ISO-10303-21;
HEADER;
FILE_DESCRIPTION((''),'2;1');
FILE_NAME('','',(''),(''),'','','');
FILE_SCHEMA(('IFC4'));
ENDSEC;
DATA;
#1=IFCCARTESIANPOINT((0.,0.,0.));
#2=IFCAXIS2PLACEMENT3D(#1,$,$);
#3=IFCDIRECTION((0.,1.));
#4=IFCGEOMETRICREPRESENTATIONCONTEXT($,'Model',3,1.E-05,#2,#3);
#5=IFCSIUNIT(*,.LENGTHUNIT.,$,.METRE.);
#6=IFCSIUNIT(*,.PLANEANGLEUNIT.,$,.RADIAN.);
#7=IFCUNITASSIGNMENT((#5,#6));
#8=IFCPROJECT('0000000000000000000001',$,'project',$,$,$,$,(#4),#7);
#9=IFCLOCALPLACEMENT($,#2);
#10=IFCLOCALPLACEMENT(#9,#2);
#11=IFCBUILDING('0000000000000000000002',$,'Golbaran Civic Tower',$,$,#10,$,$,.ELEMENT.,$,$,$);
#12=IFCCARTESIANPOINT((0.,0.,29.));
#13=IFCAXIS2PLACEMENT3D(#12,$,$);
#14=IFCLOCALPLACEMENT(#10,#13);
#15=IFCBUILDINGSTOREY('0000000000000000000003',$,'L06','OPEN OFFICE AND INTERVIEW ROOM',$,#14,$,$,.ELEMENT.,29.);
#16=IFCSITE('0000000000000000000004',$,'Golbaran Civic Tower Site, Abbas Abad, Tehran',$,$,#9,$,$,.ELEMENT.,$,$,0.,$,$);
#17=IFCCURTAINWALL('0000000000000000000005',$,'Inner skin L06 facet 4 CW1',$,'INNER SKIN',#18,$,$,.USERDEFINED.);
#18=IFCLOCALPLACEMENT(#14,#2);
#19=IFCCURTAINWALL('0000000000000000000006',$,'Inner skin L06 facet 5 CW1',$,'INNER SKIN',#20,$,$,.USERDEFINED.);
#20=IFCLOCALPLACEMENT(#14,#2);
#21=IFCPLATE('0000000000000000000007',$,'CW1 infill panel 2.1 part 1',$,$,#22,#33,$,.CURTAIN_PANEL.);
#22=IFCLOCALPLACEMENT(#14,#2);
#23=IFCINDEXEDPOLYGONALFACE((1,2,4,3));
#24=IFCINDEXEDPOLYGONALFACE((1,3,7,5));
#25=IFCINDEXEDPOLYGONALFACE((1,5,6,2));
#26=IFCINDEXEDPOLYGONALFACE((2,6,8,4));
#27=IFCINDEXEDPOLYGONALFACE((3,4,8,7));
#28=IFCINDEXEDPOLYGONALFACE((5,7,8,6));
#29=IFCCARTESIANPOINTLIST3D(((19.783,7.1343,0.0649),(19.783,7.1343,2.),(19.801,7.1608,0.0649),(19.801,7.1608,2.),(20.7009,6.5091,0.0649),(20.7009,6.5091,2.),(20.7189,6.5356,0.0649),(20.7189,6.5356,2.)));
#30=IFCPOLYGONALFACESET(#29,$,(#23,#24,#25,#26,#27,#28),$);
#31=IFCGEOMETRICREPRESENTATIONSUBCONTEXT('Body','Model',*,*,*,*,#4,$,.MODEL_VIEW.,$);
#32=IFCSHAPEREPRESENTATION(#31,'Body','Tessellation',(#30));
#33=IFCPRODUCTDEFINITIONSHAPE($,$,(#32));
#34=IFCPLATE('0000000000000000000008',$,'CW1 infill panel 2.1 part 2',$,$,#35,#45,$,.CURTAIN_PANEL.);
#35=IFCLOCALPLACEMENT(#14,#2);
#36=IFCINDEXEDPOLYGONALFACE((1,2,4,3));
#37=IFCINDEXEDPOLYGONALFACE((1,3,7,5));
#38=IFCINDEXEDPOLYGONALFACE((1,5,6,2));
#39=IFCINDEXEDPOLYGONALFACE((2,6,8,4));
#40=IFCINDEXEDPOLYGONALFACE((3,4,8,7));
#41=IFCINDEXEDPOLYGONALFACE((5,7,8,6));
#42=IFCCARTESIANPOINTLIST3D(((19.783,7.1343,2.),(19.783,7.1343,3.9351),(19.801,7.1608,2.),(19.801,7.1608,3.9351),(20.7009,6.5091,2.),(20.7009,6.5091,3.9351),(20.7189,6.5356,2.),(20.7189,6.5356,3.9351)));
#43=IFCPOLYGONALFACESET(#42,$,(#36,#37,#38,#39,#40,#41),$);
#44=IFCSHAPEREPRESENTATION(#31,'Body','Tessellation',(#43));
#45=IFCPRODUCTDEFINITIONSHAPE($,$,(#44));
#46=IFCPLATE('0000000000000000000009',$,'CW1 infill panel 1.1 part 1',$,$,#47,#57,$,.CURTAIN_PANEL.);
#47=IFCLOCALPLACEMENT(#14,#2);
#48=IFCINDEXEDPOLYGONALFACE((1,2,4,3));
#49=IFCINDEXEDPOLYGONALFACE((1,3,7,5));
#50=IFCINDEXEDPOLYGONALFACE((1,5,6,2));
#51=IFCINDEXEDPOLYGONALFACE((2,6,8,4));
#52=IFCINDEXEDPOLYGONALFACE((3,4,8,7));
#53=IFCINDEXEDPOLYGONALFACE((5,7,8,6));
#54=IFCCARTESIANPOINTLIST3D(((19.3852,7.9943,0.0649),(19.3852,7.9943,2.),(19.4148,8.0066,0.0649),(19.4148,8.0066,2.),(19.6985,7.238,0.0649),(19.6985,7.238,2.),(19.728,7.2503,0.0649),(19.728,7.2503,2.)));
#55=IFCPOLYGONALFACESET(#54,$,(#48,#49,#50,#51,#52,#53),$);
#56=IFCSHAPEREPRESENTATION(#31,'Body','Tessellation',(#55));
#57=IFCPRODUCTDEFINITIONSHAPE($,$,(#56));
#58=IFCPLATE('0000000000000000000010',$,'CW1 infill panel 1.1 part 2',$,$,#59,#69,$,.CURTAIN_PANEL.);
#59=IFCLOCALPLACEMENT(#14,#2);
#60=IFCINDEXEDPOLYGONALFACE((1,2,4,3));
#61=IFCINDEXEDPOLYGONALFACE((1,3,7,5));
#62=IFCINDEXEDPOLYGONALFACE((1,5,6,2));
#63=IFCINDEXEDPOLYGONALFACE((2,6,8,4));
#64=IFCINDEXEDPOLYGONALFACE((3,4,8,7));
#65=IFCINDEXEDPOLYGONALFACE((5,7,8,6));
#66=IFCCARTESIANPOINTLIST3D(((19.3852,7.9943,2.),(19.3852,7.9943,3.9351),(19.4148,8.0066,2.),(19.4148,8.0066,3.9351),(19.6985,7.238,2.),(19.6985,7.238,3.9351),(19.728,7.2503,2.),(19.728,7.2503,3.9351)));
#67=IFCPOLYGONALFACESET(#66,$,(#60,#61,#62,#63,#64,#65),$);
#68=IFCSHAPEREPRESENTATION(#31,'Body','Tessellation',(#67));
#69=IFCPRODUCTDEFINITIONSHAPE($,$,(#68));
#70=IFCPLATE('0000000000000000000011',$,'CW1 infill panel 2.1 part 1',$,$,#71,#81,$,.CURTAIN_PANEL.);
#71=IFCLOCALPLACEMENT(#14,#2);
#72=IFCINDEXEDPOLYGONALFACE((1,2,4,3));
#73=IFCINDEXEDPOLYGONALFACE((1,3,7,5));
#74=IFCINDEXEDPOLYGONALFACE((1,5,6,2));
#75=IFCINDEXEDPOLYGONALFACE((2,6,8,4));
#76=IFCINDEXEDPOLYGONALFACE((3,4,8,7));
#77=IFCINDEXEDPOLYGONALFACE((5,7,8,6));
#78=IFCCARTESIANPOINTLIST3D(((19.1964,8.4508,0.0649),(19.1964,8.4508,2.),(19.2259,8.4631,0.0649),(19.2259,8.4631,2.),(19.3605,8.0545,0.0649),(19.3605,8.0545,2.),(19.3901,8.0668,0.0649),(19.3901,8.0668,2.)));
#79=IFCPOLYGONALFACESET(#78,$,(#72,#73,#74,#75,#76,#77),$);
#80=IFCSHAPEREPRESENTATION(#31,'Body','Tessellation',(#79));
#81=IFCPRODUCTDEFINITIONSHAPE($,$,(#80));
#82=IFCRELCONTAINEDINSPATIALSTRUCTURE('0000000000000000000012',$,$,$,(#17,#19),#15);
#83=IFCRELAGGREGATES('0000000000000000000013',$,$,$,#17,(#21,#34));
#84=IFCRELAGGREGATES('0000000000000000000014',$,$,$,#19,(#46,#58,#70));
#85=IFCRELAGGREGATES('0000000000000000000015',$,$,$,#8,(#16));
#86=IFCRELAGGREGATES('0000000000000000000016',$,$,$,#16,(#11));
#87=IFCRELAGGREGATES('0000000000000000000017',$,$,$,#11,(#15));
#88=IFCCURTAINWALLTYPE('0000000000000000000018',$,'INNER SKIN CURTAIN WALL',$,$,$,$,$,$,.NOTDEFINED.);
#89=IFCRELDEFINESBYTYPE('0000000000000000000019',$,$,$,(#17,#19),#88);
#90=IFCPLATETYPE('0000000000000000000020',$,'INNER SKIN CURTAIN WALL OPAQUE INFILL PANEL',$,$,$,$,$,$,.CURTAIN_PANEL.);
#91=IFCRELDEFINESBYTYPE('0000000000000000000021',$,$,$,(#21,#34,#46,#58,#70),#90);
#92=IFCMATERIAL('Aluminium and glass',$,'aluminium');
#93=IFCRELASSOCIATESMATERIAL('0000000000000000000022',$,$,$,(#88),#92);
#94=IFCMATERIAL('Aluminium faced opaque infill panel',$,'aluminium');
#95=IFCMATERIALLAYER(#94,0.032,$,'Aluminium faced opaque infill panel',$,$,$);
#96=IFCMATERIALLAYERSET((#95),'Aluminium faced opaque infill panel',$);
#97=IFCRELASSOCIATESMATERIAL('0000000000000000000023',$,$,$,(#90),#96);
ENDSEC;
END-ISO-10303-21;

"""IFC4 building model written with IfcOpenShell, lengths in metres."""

from ifc_helpers import new_model, si_unit, direction, frame, origin, origin_2d, place, context, subcontext, project, spatial, rectangle, extrude, material, layer, layer_set, type_object, element, aggregate, save


model = new_model("IFC4")

# Units and contexts
model_context = context("Model", 3, precision=1e-05, world=origin(), true_north=direction((0.0, 1.0)))
body_context = subcontext(model_context, "Body", "Model", "MODEL_VIEW")
ifc_project = project(units=[si_unit("LENGTHUNIT", "METRE"), si_unit("PLANEANGLEUNIT", "RADIAN")], contexts=[model_context])

# Site, building, storey
site_placement = place(None, origin())
site = spatial("IfcSite", under=ifc_project, at=site_placement, Name="Golbaran Civic Tower Site, Abbas Abad, Tehran", CompositionType="ELEMENT", RefElevation=0.0)
building_placement = place(site_placement, origin())
building = spatial("IfcBuilding", under=site, at=building_placement, Name="Golbaran Civic Tower", CompositionType="ELEMENT")
storey_placement = place(building_placement, frame((0.0, 0.0, 29.0)))
storey = spatial("IfcBuildingStorey", under=building, at=storey_placement, Name="L06", Description="OPEN OFFICE AND INTERVIEW ROOM", CompositionType="ELEMENT", Elevation=29.0)

# Shared definitions
ifc_material_1 = material(Name="Aluminium and glass", Category="aluminium")
curtain_wall_type = type_object("IfcCurtainWallType", Name="INNER SKIN CURTAIN WALL", PredefinedType="NOTDEFINED", material=ifc_material_1)

# Curtain walls
curtain_wall_1_placement = place(storey_placement, origin())
curtain_wall_1 = element("IfcCurtainWall", 1, at=curtain_wall_1_placement, inside=storey, type_object=curtain_wall_type, Name="Inner skin L06 facet 4 CW1", ObjectType="INNER SKIN", PredefinedType="USERDEFINED")
curtain_wall_2_placement = place(storey_placement, origin())
curtain_wall_2 = element("IfcCurtainWall", 2, at=curtain_wall_2_placement, inside=storey, type_object=curtain_wall_type, Name="Inner skin L06 facet 5 CW1", ObjectType="INNER SKIN", PredefinedType="USERDEFINED")

# Plates
ifc_material_2 = material(Name="Aluminium faced opaque infill panel", Category="aluminium")
ifc_layer_1 = layer(ifc_material_2, 0.032, Name="Aluminium faced opaque infill panel")
ifc_layer_set_1 = layer_set([ifc_layer_1], Name="Aluminium faced opaque infill panel")
plate_type_1 = type_object("IfcPlateType", Name="INNER SKIN CURTAIN WALL OPAQUE INFILL PANEL", PredefinedType="CURTAIN_PANEL", material=ifc_layer_set_1)
plate_1_placement = place(storey_placement, frame((20.251, 6.835, 0.0649), z_axis=(0.0, 0.0, 1.0), x_axis=(-0.8265, 0.562936, 0.0)))
plate_1 = element("IfcPlate", 3, at=plate_1_placement, type_object=plate_type_1, Name="CW1 infill panel 2.1 part 1", PredefinedType="CURTAIN_PANEL", context=body_context, shape_type="SweptSolid", body=[
    extrude(rectangle(XDim=1.1106, YDim=0.032, at=origin_2d()), origin(), (0.0, 0.0, 1.0), 1.9351),
])
plate_2_placement = place(storey_placement, frame((20.251, 6.835, 2.0), z_axis=(0.0, 0.0, 1.0), x_axis=(-0.8265, 0.562936, 0.0)))
plate_2 = element("IfcPlate", 4, at=plate_2_placement, type_object=plate_type_1, Name="CW1 infill panel 2.1 part 2", PredefinedType="CURTAIN_PANEL", context=body_context, shape_type="SweptSolid", body=[
    extrude(rectangle(XDim=1.1106, YDim=0.032, at=origin_2d()), origin(), (0.0, 0.0, 1.0), 1.9351),
])
aggregate(curtain_wall_1, [plate_1, plate_2])
plate_3_placement = place(storey_placement, frame((19.5566, 7.6223, 0.0649), z_axis=(0.0, 0.0, 1.0), x_axis=(-0.382683, 0.92388, 0.0)))
plate_3 = element("IfcPlate", 5, at=plate_3_placement, type_object=plate_type_1, Name="CW1 infill panel 1.1 part 1", PredefinedType="CURTAIN_PANEL", context=body_context, shape_type="SweptSolid", body=[
    extrude(rectangle(XDim=0.8186, YDim=0.032, at=origin_2d()), origin(), (0.0, 0.0, 1.0), 1.9351),
])
plate_4_placement = place(storey_placement, frame((19.5566, 7.6223, 2.0), z_axis=(0.0, 0.0, 1.0), x_axis=(-0.382683, 0.92388, 0.0)))
plate_4 = element("IfcPlate", 6, at=plate_4_placement, type_object=plate_type_1, Name="CW1 infill panel 1.1 part 2", PredefinedType="CURTAIN_PANEL", context=body_context, shape_type="SweptSolid", body=[
    extrude(rectangle(XDim=0.8186, YDim=0.032, at=origin_2d()), origin(), (0.0, 0.0, 1.0), 1.9351),
])
plate_5_placement = place(storey_placement, frame((19.2932, 8.2588, 0.0649), z_axis=(0.0, 0.0, 1.0), x_axis=(-0.382683, 0.92388, 0.0)))
plate_5 = element("IfcPlate", 7, at=plate_5_placement, type_object=plate_type_1, Name="CW1 infill panel 2.1 part 1", PredefinedType="CURTAIN_PANEL", context=body_context, shape_type="SweptSolid", body=[
    extrude(rectangle(XDim=0.429, YDim=0.032, at=origin_2d()), origin(), (0.0, 0.0, 1.0), 1.9351),
])
aggregate(curtain_wall_2, [plate_3, plate_4, plate_5])

save(model, "model.ifc")
